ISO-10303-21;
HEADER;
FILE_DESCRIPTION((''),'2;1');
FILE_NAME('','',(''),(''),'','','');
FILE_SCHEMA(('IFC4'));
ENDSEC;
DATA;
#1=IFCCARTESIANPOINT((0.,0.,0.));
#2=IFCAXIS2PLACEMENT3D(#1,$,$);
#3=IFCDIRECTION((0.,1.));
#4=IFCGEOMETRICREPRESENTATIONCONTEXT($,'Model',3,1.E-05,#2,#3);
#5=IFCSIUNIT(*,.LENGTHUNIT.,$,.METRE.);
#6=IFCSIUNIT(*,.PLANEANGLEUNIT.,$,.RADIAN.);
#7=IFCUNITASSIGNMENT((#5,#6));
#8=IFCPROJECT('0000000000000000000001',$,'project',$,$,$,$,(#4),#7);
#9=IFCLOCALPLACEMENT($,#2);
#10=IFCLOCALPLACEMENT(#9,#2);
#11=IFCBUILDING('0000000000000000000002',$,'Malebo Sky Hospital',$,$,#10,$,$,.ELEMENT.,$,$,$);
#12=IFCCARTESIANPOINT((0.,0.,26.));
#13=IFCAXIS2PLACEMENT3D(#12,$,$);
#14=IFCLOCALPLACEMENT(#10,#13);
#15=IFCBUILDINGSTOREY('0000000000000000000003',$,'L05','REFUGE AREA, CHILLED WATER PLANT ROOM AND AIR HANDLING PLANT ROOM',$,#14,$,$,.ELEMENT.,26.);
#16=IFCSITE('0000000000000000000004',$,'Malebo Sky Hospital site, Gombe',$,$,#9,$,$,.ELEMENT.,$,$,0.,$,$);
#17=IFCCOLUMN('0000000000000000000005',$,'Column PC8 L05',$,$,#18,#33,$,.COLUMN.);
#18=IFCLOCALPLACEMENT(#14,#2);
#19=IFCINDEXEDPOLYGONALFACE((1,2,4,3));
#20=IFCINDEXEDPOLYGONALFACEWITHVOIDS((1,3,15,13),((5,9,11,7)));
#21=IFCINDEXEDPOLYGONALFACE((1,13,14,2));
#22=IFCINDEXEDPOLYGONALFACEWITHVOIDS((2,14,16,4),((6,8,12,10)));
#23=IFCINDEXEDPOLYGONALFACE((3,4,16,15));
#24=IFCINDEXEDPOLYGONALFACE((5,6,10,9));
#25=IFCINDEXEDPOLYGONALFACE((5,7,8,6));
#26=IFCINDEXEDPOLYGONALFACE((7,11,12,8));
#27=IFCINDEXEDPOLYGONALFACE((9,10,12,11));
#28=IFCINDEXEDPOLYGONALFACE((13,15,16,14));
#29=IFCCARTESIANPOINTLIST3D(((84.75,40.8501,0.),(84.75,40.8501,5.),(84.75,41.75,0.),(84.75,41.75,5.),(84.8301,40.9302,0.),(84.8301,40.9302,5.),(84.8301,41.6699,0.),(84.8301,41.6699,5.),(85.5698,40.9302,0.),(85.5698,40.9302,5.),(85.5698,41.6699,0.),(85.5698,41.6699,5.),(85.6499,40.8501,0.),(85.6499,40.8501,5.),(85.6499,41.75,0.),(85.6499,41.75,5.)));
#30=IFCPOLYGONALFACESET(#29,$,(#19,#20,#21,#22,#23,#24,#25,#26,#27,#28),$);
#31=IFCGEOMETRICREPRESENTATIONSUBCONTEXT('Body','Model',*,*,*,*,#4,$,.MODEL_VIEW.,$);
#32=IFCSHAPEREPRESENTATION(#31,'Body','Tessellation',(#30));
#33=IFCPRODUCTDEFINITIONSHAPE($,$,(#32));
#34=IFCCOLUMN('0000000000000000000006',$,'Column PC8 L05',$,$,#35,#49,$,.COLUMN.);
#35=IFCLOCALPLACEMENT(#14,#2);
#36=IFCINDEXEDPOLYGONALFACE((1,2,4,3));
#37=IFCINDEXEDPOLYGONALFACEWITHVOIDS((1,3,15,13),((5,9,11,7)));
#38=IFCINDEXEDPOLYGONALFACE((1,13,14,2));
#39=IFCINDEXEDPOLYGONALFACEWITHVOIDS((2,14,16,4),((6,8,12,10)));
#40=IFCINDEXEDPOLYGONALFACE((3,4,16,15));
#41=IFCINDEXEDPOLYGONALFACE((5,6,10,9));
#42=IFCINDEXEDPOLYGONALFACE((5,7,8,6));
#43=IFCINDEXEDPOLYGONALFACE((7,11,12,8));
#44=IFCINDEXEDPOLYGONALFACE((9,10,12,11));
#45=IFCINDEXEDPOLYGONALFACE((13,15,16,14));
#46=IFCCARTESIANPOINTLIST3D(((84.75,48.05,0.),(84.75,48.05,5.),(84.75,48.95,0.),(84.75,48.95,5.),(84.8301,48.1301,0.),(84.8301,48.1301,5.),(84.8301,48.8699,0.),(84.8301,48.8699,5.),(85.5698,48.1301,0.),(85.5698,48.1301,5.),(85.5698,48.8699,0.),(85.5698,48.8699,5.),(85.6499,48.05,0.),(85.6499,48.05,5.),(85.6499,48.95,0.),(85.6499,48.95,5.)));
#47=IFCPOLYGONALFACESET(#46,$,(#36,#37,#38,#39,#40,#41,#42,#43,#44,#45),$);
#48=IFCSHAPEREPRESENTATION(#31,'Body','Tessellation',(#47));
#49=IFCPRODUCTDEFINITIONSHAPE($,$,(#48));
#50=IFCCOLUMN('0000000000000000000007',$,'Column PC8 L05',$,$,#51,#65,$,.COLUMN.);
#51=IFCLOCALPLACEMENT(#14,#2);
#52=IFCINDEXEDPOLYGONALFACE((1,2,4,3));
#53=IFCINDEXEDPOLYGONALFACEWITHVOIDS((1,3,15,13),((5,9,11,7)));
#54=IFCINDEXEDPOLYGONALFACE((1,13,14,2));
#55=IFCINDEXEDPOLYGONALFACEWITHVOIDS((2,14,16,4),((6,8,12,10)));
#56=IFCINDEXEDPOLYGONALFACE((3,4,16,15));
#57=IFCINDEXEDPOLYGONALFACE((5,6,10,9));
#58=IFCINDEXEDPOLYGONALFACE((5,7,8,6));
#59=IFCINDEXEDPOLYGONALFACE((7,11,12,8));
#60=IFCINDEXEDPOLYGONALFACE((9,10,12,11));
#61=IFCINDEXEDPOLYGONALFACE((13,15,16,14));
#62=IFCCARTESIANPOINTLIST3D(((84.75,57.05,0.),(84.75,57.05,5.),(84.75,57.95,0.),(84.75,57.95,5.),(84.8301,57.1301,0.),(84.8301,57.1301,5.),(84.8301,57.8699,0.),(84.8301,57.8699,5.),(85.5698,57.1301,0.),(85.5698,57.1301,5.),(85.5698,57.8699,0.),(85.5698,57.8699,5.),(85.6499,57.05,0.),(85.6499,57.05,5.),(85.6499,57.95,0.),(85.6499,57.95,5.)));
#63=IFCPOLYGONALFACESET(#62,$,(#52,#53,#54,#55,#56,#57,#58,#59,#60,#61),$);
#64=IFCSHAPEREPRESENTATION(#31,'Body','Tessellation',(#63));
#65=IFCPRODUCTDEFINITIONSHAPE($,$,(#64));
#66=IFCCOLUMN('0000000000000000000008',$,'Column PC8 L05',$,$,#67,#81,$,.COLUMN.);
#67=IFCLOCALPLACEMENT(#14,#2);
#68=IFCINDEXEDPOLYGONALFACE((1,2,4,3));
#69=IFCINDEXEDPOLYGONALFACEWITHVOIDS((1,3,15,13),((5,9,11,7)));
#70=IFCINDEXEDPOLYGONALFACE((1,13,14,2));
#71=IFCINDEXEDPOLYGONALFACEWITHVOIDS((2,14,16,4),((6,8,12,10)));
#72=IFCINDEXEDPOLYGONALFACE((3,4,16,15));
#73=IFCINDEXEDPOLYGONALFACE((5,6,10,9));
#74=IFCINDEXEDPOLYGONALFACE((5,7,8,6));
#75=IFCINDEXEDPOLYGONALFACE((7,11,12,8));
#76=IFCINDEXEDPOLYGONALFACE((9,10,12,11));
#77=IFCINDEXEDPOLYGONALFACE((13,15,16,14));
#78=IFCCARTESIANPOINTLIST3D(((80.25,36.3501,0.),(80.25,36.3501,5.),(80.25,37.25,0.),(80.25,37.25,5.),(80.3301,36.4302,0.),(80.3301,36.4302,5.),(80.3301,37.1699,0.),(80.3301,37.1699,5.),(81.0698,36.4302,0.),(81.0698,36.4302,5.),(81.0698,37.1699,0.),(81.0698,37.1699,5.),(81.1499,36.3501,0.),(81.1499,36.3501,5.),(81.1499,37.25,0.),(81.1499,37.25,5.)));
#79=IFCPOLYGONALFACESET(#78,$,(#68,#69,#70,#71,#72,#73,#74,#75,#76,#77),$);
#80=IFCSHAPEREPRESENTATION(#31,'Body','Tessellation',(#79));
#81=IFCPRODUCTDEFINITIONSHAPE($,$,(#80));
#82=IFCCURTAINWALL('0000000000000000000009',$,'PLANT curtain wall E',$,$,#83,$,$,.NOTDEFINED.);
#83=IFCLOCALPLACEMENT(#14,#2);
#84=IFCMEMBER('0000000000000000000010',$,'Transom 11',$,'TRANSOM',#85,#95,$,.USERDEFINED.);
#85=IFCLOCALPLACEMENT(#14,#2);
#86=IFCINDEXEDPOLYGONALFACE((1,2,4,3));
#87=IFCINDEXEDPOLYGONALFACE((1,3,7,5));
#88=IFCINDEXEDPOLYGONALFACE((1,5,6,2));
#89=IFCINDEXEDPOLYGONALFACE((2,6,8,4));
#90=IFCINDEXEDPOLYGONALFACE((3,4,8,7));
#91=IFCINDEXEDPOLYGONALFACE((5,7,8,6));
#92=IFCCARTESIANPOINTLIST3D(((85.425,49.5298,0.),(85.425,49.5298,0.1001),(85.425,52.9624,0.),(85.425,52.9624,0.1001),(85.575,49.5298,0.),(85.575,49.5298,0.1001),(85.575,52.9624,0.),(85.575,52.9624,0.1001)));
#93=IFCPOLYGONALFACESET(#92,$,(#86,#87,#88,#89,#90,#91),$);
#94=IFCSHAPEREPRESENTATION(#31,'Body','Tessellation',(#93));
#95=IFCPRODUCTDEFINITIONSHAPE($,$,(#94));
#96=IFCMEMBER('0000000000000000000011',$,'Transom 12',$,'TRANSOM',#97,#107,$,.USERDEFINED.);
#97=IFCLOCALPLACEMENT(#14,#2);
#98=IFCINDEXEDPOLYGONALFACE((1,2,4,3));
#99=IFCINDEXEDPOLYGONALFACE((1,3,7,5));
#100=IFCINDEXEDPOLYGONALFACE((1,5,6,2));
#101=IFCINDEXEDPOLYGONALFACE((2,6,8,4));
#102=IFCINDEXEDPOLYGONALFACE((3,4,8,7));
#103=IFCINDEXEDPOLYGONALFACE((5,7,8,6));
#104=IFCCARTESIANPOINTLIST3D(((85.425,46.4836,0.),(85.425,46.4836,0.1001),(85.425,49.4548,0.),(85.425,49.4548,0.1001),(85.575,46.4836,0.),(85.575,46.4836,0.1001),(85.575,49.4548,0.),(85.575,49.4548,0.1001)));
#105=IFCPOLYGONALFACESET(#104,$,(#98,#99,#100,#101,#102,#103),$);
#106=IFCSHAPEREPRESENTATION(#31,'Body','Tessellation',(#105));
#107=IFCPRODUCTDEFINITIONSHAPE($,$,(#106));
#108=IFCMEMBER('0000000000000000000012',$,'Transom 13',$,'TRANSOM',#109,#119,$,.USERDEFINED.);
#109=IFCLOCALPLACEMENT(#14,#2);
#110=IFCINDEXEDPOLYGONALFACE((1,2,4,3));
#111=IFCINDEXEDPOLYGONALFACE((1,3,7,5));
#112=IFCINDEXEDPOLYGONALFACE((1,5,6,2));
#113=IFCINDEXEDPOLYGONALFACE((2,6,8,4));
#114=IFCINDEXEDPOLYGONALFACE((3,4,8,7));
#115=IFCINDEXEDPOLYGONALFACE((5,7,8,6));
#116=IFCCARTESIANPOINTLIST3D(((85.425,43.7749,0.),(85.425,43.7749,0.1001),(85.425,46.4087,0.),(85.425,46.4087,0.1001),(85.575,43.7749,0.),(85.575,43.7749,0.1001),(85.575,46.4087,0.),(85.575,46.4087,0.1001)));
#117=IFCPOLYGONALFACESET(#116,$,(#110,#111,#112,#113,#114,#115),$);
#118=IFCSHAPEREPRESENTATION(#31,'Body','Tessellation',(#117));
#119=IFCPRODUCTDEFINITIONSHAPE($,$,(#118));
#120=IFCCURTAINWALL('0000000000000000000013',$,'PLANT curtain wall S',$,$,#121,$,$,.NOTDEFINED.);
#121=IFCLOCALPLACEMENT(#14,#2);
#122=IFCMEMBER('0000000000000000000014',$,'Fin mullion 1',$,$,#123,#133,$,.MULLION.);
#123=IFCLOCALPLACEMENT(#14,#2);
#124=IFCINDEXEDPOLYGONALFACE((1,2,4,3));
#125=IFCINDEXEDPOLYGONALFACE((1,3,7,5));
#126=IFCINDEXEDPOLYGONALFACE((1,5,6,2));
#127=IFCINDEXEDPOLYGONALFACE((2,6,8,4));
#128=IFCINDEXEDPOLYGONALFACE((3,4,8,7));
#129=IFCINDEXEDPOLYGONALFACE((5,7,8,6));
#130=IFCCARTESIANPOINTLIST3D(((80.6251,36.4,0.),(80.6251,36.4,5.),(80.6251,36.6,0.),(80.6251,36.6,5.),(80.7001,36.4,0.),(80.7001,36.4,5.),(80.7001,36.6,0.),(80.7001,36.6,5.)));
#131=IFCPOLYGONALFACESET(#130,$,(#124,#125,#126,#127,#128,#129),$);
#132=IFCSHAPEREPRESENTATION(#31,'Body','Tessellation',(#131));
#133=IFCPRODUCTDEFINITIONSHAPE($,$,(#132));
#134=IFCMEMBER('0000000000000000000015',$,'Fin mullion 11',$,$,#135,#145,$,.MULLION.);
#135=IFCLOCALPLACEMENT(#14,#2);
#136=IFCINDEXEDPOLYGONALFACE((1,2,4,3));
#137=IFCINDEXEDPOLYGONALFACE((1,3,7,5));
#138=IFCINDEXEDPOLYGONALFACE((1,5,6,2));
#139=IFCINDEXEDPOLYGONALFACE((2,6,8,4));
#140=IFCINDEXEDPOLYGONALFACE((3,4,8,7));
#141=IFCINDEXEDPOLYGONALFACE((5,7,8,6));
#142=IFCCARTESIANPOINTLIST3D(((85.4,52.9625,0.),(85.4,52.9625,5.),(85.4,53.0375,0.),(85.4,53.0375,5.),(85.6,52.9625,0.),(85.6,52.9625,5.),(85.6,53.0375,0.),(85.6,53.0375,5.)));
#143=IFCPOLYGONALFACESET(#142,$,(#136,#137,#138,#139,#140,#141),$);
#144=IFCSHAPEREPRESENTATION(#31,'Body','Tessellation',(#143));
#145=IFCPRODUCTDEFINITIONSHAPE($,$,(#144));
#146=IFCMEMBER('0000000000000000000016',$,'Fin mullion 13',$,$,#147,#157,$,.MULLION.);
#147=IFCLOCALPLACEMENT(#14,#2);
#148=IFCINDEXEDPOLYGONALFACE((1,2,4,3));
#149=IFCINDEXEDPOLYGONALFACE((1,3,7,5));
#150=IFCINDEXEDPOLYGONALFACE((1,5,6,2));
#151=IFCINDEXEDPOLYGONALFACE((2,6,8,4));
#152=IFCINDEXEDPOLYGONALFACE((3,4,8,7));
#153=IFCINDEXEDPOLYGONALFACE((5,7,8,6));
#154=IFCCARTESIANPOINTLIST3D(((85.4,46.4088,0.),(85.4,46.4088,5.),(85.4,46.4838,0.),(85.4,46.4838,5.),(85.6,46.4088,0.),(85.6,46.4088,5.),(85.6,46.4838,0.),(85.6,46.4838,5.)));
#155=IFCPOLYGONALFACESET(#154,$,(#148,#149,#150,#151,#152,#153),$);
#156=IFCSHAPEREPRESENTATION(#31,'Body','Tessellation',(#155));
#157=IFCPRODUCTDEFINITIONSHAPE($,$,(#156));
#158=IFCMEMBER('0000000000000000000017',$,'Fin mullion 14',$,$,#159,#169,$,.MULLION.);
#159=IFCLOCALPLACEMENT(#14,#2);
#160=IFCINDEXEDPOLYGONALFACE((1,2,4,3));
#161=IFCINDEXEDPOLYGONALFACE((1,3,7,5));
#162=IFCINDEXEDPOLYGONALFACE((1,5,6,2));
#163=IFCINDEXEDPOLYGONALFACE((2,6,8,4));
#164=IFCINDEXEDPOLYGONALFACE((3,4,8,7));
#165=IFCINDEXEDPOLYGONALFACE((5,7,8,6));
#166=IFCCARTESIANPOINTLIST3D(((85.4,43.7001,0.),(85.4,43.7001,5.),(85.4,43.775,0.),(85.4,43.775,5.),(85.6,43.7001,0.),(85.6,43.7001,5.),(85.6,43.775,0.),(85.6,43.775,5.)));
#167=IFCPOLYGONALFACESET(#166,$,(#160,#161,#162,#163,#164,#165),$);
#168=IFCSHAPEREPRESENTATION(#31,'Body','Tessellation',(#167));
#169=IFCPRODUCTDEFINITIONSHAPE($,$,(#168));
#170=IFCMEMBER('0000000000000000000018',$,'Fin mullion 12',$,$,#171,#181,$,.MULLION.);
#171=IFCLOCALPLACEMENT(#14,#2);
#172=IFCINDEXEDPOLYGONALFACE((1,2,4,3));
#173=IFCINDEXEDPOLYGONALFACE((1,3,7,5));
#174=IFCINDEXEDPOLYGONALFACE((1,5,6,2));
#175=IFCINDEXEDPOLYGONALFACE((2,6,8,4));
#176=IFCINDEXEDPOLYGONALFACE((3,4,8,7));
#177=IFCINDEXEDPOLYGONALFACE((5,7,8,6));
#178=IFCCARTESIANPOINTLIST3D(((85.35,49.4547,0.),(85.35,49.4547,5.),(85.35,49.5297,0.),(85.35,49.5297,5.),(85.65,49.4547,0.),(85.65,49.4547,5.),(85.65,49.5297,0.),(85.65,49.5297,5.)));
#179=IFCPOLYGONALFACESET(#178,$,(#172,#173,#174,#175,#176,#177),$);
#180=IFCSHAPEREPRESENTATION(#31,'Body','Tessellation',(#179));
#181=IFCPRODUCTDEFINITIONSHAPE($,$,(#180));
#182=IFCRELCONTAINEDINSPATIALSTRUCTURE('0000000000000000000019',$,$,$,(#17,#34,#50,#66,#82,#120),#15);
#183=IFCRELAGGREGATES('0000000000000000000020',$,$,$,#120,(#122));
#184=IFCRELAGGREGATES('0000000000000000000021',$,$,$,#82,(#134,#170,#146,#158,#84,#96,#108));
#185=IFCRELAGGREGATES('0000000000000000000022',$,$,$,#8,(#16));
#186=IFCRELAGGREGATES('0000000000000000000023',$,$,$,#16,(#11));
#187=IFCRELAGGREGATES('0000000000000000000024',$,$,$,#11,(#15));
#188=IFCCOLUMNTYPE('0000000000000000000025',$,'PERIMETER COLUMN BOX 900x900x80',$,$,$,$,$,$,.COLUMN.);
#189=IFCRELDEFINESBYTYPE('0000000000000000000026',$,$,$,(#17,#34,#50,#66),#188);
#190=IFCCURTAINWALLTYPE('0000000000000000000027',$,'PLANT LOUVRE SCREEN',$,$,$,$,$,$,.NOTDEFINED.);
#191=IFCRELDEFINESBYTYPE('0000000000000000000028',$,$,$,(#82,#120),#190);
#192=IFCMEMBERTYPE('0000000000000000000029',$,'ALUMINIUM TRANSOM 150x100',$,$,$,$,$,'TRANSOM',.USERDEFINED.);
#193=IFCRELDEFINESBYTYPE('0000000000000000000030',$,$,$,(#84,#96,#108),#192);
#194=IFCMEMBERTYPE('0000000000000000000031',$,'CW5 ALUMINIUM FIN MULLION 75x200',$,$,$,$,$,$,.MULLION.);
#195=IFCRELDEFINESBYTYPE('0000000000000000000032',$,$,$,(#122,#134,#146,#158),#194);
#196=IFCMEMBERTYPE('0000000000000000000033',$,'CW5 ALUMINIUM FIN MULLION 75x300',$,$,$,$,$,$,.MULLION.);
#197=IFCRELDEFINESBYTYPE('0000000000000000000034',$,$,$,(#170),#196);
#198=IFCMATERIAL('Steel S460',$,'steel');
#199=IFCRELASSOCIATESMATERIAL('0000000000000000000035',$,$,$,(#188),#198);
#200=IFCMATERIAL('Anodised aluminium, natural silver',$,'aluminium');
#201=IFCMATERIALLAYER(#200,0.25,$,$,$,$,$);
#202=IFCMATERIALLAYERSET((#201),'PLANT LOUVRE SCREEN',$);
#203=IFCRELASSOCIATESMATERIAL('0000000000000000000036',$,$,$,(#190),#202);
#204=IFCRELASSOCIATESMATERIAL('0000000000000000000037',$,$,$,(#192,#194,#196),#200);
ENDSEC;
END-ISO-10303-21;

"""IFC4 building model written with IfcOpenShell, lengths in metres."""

from ifc_helpers import new_model, si_unit, direction, frame, origin, origin_2d, place, context, subcontext, project, spatial, rectangle, hollow_rectangle, extrude, material, layer, layer_set, material_profile, profile_set, type_object, element, aggregate, save


model = new_model("IFC4")

# Units and contexts
model_context = context("Model", 3, precision=1e-05, world=origin(), true_north=direction((0.0, 1.0)))
body_context = subcontext(model_context, "Body", "Model", "MODEL_VIEW")
ifc_project = project(units=[si_unit("LENGTHUNIT", "METRE"), si_unit("PLANEANGLEUNIT", "RADIAN")], contexts=[model_context])

# Site, building, storey
site_placement = place(None, origin())
site = spatial("IfcSite", under=ifc_project, at=site_placement, Name="Malebo Sky Hospital site, Gombe", CompositionType="ELEMENT", RefElevation=0.0)
building_placement = place(site_placement, origin())
building = spatial("IfcBuilding", under=site, at=building_placement, Name="Malebo Sky Hospital", CompositionType="ELEMENT")
storey_placement = place(building_placement, frame((0.0, 0.0, 26.0)))
storey = spatial("IfcBuildingStorey", under=building, at=storey_placement, Name="L05", Description="REFUGE AREA, CHILLED WATER PLANT ROOM AND AIR HANDLING PLANT ROOM", CompositionType="ELEMENT", Elevation=26.0)

# Columns
ifc_material_1 = material(Name="Steel S460", Category="steel")
ifc_material_profile_1 = material_profile(ifc_material_1, hollow_rectangle(XDim=0.8999, YDim=0.8999, WallThickness=0.0801, at=origin_2d()), Name="BOX 900x900x80")
ifc_profile_set_1 = profile_set([ifc_material_profile_1], Name="Steel S460")
column_type = type_object("IfcColumnType", Name="PERIMETER COLUMN BOX 900x900x80", PredefinedType="COLUMN", material=ifc_profile_set_1)
for number, where, z_axis, x_axis, name in (
    (1, (85.2, 41.3, 0.0), (0.0, 0.0, 1.0), (1.0, 0.0, 0.0), "Column PC8 L05"),
    (2, (85.2, 48.5, 0.0), (0.0, 0.0, 1.0), (1.0, 0.0, 0.0), "Column PC8 L05"),
    (3, (85.2, 57.5, 0.0), (0.0, 0.0, 1.0), (1.0, 0.0, 0.0), "Column PC8 L05"),
    (4, (80.7, 36.8, 0.0), (0.0, 0.0, 1.0), (1.0, 0.0, 0.0), "Column PC8 L05"),
):
    element("IfcColumn", number, at=place(storey_placement, frame(where, z_axis=z_axis, x_axis=x_axis)), inside=storey, type_object=column_type, Name=name, PredefinedType="COLUMN", context=body_context, shape_type="SweptSolid", body=[
        extrude(hollow_rectangle(XDim=0.8999, YDim=0.8999, WallThickness=0.0801, at=origin_2d()), origin(), (0.0, 0.0, 1.0), 5.0),
    ])

# Curtain wall, members
ifc_material_2 = material(Name="Anodised aluminium, natural silver", Category="aluminium")
ifc_layer_1 = layer(ifc_material_2, 0.25)
ifc_layer_set_1 = layer_set([ifc_layer_1], Name="PLANT LOUVRE SCREEN")
curtain_wall_type = type_object("IfcCurtainWallType", Name="PLANT LOUVRE SCREEN", PredefinedType="NOTDEFINED", material=ifc_layer_set_1)
curtain_wall_1_placement = place(storey_placement, origin())
curtain_wall_1 = element("IfcCurtainWall", 5, at=curtain_wall_1_placement, inside=storey, type_object=curtain_wall_type, Name="PLANT curtain wall E", PredefinedType="NOTDEFINED")
ifc_material_profile_2 = material_profile(ifc_material_2, rectangle(XDim=0.1499, YDim=0.1001, at=origin_2d()), Name="ALUMINIUM TRANSOM 150x100")
ifc_profile_set_2 = profile_set([ifc_material_profile_2], Name="Anodised aluminium, natural silver")
member_type_1 = type_object("IfcMemberType", Name="ALUMINIUM TRANSOM 150x100", ElementType="TRANSOM", PredefinedType="USERDEFINED", material=ifc_profile_set_2)
member_1_placement = place(storey_placement, frame((85.5, 52.9624, 0.05), z_axis=(0.0, -1.0, 0.0), x_axis=(1.0, 0.0, 0.0)))
member_1 = element("IfcMember", 6, at=member_1_placement, type_object=member_type_1, Name="Transom 11", ObjectType="TRANSOM", PredefinedType="USERDEFINED", context=body_context, shape_type="SweptSolid", body=[
    extrude(rectangle(XDim=0.1499, YDim=0.1001, at=origin_2d()), origin(), (0.0, 0.0, 1.0), 3.4326),
])
member_2_placement = place(storey_placement, frame((85.5, 49.4548, 0.05), z_axis=(0.0, -1.0, 0.0), x_axis=(1.0, 0.0, 0.0)))
member_2 = element("IfcMember", 7, at=member_2_placement, type_object=member_type_1, Name="Transom 12", ObjectType="TRANSOM", PredefinedType="USERDEFINED", context=body_context, shape_type="SweptSolid", body=[
    extrude(rectangle(XDim=0.1499, YDim=0.1001, at=origin_2d()), origin(), (0.0, 0.0, 1.0), 2.9712),
])
member_3_placement = place(storey_placement, frame((85.5, 46.4087, 0.05), z_axis=(0.0, -1.0, 0.0), x_axis=(1.0, 0.0, 0.0)))
member_3 = element("IfcMember", 8, at=member_3_placement, type_object=member_type_1, Name="Transom 13", ObjectType="TRANSOM", PredefinedType="USERDEFINED", context=body_context, shape_type="SweptSolid", body=[
    extrude(rectangle(XDim=0.1499, YDim=0.1001, at=origin_2d()), origin(), (0.0, 0.0, 1.0), 2.6338),
])

# Curtain wall, member
curtain_wall_2_placement = place(storey_placement, origin())
curtain_wall_2 = element("IfcCurtainWall", 9, at=curtain_wall_2_placement, inside=storey, type_object=curtain_wall_type, Name="PLANT curtain wall S", PredefinedType="NOTDEFINED")
ifc_material_profile_3 = material_profile(ifc_material_2, rectangle(XDim=0.075, YDim=0.2, at=origin_2d()), Name="CW5 ALUMINIUM FIN MULLION 75x200")
ifc_profile_set_3 = profile_set([ifc_material_profile_3], Name="Anodised aluminium, natural silver")
member_type_2 = type_object("IfcMemberType", Name="CW5 ALUMINIUM FIN MULLION 75x200", PredefinedType="MULLION", material=ifc_profile_set_3)
member_4_placement = place(storey_placement, frame((80.6626, 36.5, 0.0), z_axis=(0.0, 0.0, 1.0), x_axis=(-1.0, 0.0, 0.0)))
member_4 = element("IfcMember", 10, at=member_4_placement, type_object=member_type_2, Name="Fin mullion 1", PredefinedType="MULLION", context=body_context, shape_type="SweptSolid", body=[
    extrude(rectangle(XDim=0.075, YDim=0.2, at=origin_2d()), origin(), (0.0, 0.0, 1.0), 5.0),
])
aggregate(curtain_wall_2, [member_4])

# Members
member_5_placement = place(storey_placement, frame((85.5, 53.0, 0.0), z_axis=(0.0, 0.0, 1.0), x_axis=(0.0, -1.0, 0.0)))
member_5 = element("IfcMember", 11, at=member_5_placement, type_object=member_type_2, Name="Fin mullion 11", PredefinedType="MULLION", context=body_context, shape_type="SweptSolid", body=[
    extrude(rectangle(XDim=0.075, YDim=0.2, at=origin_2d()), origin(), (0.0, 0.0, 1.0), 5.0),
])
member_6_placement = place(storey_placement, frame((85.5, 46.4463, 0.0), z_axis=(0.0, 0.0, 1.0), x_axis=(0.0, -1.0, 0.0)))
member_6 = element("IfcMember", 12, at=member_6_placement, type_object=member_type_2, Name="Fin mullion 13", PredefinedType="MULLION", context=body_context, shape_type="SweptSolid", body=[
    extrude(rectangle(XDim=0.075, YDim=0.2, at=origin_2d()), origin(), (0.0, 0.0, 1.0), 5.0),
])
member_7_placement = place(storey_placement, frame((85.5, 43.7375, 0.0), z_axis=(0.0, 0.0, 1.0), x_axis=(0.0, -1.0, 0.0)))
member_7 = element("IfcMember", 13, at=member_7_placement, type_object=member_type_2, Name="Fin mullion 14", PredefinedType="MULLION", context=body_context, shape_type="SweptSolid", body=[
    extrude(rectangle(XDim=0.075, YDim=0.2, at=origin_2d()), origin(), (0.0, 0.0, 1.0), 5.0),
])
ifc_material_profile_4 = material_profile(ifc_material_2, rectangle(XDim=0.075, YDim=0.3, at=origin_2d()), Name="CW5 ALUMINIUM FIN MULLION 75x300")
ifc_profile_set_4 = profile_set([ifc_material_profile_4], Name="Anodised aluminium, natural silver")
member_type_3 = type_object("IfcMemberType", Name="CW5 ALUMINIUM FIN MULLION 75x300", PredefinedType="MULLION", material=ifc_profile_set_4)
member_8_placement = place(storey_placement, frame((85.5, 49.4922, 0.0), z_axis=(0.0, 0.0, 1.0), x_axis=(0.0, -1.0, 0.0)))
member_8 = element("IfcMember", 14, at=member_8_placement, type_object=member_type_3, Name="Fin mullion 12", PredefinedType="MULLION", context=body_context, shape_type="SweptSolid", body=[
    extrude(rectangle(XDim=0.075, YDim=0.3, at=origin_2d()), origin(), (0.0, 0.0, 1.0), 5.0),
])

aggregate(curtain_wall_1, [member_5, member_8, member_6, member_7, member_1, member_2, member_3])

save(model, "model.ifc")
